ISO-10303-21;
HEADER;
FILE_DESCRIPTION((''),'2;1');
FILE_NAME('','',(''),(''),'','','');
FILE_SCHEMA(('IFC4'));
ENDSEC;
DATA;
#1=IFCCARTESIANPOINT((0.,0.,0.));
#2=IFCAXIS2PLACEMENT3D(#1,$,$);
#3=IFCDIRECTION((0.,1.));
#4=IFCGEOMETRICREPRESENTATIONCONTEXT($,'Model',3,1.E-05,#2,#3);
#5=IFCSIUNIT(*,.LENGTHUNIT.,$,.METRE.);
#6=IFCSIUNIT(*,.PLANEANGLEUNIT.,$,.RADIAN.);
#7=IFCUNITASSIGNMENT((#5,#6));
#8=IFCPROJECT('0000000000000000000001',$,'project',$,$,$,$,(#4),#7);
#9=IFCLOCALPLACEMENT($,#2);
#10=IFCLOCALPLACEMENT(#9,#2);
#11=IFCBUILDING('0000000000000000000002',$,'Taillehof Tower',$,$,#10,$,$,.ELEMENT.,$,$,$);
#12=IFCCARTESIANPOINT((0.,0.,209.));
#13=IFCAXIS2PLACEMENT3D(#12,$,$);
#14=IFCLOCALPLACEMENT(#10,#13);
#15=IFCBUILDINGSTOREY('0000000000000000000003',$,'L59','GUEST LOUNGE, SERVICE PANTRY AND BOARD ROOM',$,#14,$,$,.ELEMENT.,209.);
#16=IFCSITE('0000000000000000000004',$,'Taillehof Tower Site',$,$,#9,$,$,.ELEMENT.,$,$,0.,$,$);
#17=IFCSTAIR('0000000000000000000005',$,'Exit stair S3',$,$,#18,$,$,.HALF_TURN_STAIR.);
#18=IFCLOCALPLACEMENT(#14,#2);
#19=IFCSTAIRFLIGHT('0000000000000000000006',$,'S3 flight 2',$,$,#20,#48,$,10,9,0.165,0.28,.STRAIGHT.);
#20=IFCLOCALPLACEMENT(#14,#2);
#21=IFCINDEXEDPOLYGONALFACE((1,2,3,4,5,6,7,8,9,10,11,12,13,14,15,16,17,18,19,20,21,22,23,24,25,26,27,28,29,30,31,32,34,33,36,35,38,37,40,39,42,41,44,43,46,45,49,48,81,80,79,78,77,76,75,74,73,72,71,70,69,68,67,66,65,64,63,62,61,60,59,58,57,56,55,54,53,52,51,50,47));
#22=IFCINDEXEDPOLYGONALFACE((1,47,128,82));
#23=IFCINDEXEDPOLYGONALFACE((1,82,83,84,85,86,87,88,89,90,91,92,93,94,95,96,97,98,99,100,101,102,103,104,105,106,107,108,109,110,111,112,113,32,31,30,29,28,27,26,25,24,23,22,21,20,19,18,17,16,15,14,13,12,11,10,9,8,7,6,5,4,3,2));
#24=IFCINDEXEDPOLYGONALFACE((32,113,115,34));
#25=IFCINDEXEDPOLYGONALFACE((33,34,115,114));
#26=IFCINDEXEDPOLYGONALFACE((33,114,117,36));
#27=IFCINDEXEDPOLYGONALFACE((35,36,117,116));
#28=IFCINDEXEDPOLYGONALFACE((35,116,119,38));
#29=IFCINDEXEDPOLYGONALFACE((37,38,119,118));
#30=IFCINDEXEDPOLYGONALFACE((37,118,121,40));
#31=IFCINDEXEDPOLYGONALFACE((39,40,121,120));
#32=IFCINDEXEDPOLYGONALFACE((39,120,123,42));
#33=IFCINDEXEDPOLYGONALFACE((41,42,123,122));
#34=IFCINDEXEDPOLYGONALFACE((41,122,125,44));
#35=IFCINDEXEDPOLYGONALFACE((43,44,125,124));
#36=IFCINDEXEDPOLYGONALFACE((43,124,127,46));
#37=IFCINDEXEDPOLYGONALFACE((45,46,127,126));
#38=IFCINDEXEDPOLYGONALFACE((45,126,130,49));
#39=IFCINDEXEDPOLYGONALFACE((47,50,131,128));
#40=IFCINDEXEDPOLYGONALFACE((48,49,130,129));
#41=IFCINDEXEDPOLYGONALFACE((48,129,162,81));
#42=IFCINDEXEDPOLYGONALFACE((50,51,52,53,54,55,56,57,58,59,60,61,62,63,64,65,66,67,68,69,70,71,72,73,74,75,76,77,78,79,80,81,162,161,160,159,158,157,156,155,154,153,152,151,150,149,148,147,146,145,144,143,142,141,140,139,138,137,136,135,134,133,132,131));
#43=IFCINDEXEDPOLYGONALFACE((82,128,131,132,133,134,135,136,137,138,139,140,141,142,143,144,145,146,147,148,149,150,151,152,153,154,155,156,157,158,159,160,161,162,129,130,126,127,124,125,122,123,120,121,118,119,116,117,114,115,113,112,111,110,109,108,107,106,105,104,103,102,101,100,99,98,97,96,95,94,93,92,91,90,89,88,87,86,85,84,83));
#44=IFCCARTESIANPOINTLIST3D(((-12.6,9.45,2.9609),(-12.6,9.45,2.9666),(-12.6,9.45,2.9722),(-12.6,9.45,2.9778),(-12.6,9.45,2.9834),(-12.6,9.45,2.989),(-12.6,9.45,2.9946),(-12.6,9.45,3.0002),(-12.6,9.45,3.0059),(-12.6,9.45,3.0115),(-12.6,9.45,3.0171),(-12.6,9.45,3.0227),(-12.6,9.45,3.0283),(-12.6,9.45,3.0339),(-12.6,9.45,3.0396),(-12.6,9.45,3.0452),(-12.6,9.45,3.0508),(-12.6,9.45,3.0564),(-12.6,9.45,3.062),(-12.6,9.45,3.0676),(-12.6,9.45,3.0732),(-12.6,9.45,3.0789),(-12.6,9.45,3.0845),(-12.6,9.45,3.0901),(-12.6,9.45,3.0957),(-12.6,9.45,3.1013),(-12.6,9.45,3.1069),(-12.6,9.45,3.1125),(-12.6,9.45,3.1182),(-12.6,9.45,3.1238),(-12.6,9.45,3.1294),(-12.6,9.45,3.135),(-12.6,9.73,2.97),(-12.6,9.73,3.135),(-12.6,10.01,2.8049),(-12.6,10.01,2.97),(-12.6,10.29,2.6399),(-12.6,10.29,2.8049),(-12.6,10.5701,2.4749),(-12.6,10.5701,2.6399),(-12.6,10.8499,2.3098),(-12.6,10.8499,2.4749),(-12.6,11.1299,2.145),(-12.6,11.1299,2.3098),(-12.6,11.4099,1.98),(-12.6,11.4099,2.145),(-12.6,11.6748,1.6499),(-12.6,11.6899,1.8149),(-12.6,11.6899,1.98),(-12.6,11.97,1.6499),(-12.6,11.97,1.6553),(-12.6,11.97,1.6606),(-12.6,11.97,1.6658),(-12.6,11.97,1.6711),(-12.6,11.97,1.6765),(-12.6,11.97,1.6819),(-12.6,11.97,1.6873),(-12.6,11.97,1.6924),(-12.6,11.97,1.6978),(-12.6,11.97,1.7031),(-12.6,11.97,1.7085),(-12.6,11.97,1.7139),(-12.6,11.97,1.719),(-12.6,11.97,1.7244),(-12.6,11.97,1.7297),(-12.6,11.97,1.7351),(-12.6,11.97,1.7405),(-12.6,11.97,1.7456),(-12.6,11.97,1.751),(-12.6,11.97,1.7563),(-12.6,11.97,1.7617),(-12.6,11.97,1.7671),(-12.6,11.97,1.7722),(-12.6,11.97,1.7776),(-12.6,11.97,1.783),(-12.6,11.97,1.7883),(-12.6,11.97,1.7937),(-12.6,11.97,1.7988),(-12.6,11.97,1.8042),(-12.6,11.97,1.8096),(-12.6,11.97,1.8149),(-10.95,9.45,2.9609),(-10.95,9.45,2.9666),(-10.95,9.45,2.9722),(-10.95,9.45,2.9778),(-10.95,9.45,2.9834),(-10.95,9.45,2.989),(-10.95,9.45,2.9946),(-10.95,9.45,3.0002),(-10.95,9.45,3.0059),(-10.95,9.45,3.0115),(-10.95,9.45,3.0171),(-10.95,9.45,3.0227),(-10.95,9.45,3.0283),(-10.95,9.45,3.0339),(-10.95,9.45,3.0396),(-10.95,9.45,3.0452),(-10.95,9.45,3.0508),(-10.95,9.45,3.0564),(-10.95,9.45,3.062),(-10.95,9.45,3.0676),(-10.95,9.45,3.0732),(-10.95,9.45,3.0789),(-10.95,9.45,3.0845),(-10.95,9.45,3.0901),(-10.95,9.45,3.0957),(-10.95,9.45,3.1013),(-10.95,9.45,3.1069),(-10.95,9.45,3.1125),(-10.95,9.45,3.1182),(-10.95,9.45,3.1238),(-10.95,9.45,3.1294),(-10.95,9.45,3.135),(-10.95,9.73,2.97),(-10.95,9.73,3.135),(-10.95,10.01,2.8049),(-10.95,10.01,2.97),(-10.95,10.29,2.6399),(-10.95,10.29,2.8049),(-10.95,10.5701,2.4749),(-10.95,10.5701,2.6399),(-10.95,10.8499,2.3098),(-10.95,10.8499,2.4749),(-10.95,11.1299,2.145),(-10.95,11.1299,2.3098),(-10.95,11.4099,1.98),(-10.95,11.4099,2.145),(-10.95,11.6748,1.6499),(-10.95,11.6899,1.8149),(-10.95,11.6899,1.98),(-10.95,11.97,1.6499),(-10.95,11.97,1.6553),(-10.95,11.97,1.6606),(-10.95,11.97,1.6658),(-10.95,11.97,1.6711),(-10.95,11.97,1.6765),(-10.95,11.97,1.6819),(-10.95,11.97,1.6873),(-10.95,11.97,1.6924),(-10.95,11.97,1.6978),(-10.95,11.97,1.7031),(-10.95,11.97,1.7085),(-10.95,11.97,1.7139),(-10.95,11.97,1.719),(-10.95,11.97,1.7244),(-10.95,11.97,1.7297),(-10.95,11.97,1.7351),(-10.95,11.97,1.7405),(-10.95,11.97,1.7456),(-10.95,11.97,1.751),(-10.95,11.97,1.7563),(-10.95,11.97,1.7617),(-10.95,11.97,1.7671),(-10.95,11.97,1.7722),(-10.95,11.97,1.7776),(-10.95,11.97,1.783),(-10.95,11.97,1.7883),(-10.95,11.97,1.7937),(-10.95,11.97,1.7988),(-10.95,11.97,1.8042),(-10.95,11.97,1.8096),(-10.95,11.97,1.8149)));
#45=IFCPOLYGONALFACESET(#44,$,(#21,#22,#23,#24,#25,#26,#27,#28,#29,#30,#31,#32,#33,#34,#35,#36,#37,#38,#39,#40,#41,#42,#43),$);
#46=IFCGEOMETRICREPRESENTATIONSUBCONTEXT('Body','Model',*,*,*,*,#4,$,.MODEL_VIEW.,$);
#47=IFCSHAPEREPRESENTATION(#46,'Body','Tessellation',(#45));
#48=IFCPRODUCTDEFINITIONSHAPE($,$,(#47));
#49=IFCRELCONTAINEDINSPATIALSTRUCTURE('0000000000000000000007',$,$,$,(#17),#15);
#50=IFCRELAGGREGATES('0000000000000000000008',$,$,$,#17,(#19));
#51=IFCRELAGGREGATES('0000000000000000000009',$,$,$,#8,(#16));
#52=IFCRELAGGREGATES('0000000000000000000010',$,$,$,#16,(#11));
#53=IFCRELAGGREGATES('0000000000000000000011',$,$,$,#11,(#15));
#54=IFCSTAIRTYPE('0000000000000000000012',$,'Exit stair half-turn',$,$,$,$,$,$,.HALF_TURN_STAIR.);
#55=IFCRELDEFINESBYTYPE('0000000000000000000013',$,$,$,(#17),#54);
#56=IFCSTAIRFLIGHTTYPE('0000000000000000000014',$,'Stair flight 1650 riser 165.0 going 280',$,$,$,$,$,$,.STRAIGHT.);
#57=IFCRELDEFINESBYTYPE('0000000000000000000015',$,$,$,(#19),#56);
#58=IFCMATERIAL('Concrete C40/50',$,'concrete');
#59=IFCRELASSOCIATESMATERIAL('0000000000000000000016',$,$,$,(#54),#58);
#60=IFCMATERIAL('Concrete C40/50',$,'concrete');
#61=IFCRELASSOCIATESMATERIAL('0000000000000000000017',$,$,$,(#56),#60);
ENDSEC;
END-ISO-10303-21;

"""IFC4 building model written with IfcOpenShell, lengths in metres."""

from ifc_helpers import new_model, si_unit, direction, frame, origin, place, context, subcontext, project, spatial, polyline, outline, extrude, material, type_object, element, aggregate, save


model = new_model("IFC4")

# Units and contexts
model_context = context("Model", 3, precision=1e-05, world=origin(), true_north=direction((0.0, 1.0)))
body_context = subcontext(model_context, "Body", "Model", "MODEL_VIEW")
ifc_project = project(units=[si_unit("LENGTHUNIT", "METRE"), si_unit("PLANEANGLEUNIT", "RADIAN")], contexts=[model_context])

# Site, building, storey
site_placement = place(None, origin())
site = spatial("IfcSite", under=ifc_project, at=site_placement, Name="Taillehof Tower Site", CompositionType="ELEMENT", RefElevation=0.0)
building_placement = place(site_placement, origin())
building = spatial("IfcBuilding", under=site, at=building_placement, Name="Taillehof Tower", CompositionType="ELEMENT")
storey_placement = place(building_placement, frame((0.0, 0.0, 209.0)))
storey = spatial("IfcBuildingStorey", under=building, at=storey_placement, Name="L59", Description="GUEST LOUNGE, SERVICE PANTRY AND BOARD ROOM", CompositionType="ELEMENT", Elevation=209.0)

# Stair, stair flight
ifc_material_1 = material(Name="Concrete C40/50", Category="concrete")
stair_type = type_object("IfcStairType", Name="Exit stair half-turn", PredefinedType="HALF_TURN_STAIR", material=ifc_material_1)
stair_placement = place(storey_placement, origin())
stair = element("IfcStair", 1, at=stair_placement, inside=storey, type_object=stair_type, Name="Exit stair S3", PredefinedType="HALF_TURN_STAIR")
ifc_material_2 = material(Name="Concrete C40/50", Category="concrete")
stair_flight_type = type_object("IfcStairFlightType", Name="Stair flight 1650 riser 165.0 going 280", PredefinedType="STRAIGHT", material=ifc_material_2)
stair_flight_placement = place(storey_placement, frame((-11.7749, 11.97, 1.6499), z_axis=(0.0, 0.0, 1.0), x_axis=(0.0, -1.0, 0.0)))
stair_flight = element("IfcStairFlight", 2, at=stair_flight_placement, type_object=stair_flight_type, Name="S3 flight 2", NumberOfRisers=10, NumberOfTreads=9, PredefinedType="STRAIGHT", RiserHeight=0.165, TreadLength=0.28, context=body_context, shape_type="SweptSolid", body=[
    extrude(outline(polyline([(0.0, 0.0), (0.0, 0.0054), (0.0, 0.0107), (0.0, 0.0159), (0.0, 0.0212), (0.0, 0.0266), (0.0, 0.032), (0.0, 0.0374), (0.0, 0.0425), (0.0, 0.0479), (0.0, 0.0532), (0.0, 0.0586), (0.0, 0.064), (0.0, 0.0691), (0.0, 0.0745), (0.0, 0.0798), (0.0, 0.0852), (0.0, 0.0906), (0.0, 0.0957), (0.0, 0.1011), (0.0, 0.1064), (0.0, 0.1118), (0.0, 0.1172), (0.0, 0.1223), (0.0, 0.1277), (0.0, 0.1331), (0.0, 0.1384), (0.0, 0.1438), (0.0, 0.1489), (0.0, 0.1543), (0.0, 0.1597), (0.0, 0.165), (0.28, 0.165), (0.28, 0.3301), (0.5601, 0.3301), (0.5601, 0.4951), (0.8401, 0.4951), (0.8401, 0.6599), (1.1201, 0.6599), (1.1201, 0.825), (1.3999, 0.825), (1.3999, 0.99), (1.6799, 0.99), (1.6799, 1.155), (1.96, 1.155), (1.96, 1.3201), (2.24, 1.3201), (2.24, 1.4851), (2.52, 1.4851), (2.52, 1.4795), (2.52, 1.4739), (2.52, 1.4683), (2.52, 1.4626), (2.52, 1.457), (2.52, 1.4514), (2.52, 1.4458), (2.52, 1.4402), (2.52, 1.4346), (2.52, 1.429), (2.52, 1.4233), (2.52, 1.4177), (2.52, 1.4121), (2.52, 1.4065), (2.52, 1.4009), (2.52, 1.3953), (2.52, 1.3896), (2.52, 1.384), (2.52, 1.3784), (2.52, 1.3728), (2.52, 1.3672), (2.52, 1.3616), (2.52, 1.356), (2.52, 1.3503), (2.52, 1.3447), (2.52, 1.3391), (2.52, 1.3335), (2.52, 1.3279), (2.52, 1.3223), (2.52, 1.3167), (2.52, 1.311), (0.2952, 0.0), (0.0, 0.0)])), frame((0.0, 0.825, 0.0), z_axis=(0.0, -1.0, 0.0), x_axis=(1.0, 0.0, 0.0)), (0.0, 0.0, 1.0), 1.65),
])
aggregate(stair, [stair_flight])

save(model, "model.ifc")
